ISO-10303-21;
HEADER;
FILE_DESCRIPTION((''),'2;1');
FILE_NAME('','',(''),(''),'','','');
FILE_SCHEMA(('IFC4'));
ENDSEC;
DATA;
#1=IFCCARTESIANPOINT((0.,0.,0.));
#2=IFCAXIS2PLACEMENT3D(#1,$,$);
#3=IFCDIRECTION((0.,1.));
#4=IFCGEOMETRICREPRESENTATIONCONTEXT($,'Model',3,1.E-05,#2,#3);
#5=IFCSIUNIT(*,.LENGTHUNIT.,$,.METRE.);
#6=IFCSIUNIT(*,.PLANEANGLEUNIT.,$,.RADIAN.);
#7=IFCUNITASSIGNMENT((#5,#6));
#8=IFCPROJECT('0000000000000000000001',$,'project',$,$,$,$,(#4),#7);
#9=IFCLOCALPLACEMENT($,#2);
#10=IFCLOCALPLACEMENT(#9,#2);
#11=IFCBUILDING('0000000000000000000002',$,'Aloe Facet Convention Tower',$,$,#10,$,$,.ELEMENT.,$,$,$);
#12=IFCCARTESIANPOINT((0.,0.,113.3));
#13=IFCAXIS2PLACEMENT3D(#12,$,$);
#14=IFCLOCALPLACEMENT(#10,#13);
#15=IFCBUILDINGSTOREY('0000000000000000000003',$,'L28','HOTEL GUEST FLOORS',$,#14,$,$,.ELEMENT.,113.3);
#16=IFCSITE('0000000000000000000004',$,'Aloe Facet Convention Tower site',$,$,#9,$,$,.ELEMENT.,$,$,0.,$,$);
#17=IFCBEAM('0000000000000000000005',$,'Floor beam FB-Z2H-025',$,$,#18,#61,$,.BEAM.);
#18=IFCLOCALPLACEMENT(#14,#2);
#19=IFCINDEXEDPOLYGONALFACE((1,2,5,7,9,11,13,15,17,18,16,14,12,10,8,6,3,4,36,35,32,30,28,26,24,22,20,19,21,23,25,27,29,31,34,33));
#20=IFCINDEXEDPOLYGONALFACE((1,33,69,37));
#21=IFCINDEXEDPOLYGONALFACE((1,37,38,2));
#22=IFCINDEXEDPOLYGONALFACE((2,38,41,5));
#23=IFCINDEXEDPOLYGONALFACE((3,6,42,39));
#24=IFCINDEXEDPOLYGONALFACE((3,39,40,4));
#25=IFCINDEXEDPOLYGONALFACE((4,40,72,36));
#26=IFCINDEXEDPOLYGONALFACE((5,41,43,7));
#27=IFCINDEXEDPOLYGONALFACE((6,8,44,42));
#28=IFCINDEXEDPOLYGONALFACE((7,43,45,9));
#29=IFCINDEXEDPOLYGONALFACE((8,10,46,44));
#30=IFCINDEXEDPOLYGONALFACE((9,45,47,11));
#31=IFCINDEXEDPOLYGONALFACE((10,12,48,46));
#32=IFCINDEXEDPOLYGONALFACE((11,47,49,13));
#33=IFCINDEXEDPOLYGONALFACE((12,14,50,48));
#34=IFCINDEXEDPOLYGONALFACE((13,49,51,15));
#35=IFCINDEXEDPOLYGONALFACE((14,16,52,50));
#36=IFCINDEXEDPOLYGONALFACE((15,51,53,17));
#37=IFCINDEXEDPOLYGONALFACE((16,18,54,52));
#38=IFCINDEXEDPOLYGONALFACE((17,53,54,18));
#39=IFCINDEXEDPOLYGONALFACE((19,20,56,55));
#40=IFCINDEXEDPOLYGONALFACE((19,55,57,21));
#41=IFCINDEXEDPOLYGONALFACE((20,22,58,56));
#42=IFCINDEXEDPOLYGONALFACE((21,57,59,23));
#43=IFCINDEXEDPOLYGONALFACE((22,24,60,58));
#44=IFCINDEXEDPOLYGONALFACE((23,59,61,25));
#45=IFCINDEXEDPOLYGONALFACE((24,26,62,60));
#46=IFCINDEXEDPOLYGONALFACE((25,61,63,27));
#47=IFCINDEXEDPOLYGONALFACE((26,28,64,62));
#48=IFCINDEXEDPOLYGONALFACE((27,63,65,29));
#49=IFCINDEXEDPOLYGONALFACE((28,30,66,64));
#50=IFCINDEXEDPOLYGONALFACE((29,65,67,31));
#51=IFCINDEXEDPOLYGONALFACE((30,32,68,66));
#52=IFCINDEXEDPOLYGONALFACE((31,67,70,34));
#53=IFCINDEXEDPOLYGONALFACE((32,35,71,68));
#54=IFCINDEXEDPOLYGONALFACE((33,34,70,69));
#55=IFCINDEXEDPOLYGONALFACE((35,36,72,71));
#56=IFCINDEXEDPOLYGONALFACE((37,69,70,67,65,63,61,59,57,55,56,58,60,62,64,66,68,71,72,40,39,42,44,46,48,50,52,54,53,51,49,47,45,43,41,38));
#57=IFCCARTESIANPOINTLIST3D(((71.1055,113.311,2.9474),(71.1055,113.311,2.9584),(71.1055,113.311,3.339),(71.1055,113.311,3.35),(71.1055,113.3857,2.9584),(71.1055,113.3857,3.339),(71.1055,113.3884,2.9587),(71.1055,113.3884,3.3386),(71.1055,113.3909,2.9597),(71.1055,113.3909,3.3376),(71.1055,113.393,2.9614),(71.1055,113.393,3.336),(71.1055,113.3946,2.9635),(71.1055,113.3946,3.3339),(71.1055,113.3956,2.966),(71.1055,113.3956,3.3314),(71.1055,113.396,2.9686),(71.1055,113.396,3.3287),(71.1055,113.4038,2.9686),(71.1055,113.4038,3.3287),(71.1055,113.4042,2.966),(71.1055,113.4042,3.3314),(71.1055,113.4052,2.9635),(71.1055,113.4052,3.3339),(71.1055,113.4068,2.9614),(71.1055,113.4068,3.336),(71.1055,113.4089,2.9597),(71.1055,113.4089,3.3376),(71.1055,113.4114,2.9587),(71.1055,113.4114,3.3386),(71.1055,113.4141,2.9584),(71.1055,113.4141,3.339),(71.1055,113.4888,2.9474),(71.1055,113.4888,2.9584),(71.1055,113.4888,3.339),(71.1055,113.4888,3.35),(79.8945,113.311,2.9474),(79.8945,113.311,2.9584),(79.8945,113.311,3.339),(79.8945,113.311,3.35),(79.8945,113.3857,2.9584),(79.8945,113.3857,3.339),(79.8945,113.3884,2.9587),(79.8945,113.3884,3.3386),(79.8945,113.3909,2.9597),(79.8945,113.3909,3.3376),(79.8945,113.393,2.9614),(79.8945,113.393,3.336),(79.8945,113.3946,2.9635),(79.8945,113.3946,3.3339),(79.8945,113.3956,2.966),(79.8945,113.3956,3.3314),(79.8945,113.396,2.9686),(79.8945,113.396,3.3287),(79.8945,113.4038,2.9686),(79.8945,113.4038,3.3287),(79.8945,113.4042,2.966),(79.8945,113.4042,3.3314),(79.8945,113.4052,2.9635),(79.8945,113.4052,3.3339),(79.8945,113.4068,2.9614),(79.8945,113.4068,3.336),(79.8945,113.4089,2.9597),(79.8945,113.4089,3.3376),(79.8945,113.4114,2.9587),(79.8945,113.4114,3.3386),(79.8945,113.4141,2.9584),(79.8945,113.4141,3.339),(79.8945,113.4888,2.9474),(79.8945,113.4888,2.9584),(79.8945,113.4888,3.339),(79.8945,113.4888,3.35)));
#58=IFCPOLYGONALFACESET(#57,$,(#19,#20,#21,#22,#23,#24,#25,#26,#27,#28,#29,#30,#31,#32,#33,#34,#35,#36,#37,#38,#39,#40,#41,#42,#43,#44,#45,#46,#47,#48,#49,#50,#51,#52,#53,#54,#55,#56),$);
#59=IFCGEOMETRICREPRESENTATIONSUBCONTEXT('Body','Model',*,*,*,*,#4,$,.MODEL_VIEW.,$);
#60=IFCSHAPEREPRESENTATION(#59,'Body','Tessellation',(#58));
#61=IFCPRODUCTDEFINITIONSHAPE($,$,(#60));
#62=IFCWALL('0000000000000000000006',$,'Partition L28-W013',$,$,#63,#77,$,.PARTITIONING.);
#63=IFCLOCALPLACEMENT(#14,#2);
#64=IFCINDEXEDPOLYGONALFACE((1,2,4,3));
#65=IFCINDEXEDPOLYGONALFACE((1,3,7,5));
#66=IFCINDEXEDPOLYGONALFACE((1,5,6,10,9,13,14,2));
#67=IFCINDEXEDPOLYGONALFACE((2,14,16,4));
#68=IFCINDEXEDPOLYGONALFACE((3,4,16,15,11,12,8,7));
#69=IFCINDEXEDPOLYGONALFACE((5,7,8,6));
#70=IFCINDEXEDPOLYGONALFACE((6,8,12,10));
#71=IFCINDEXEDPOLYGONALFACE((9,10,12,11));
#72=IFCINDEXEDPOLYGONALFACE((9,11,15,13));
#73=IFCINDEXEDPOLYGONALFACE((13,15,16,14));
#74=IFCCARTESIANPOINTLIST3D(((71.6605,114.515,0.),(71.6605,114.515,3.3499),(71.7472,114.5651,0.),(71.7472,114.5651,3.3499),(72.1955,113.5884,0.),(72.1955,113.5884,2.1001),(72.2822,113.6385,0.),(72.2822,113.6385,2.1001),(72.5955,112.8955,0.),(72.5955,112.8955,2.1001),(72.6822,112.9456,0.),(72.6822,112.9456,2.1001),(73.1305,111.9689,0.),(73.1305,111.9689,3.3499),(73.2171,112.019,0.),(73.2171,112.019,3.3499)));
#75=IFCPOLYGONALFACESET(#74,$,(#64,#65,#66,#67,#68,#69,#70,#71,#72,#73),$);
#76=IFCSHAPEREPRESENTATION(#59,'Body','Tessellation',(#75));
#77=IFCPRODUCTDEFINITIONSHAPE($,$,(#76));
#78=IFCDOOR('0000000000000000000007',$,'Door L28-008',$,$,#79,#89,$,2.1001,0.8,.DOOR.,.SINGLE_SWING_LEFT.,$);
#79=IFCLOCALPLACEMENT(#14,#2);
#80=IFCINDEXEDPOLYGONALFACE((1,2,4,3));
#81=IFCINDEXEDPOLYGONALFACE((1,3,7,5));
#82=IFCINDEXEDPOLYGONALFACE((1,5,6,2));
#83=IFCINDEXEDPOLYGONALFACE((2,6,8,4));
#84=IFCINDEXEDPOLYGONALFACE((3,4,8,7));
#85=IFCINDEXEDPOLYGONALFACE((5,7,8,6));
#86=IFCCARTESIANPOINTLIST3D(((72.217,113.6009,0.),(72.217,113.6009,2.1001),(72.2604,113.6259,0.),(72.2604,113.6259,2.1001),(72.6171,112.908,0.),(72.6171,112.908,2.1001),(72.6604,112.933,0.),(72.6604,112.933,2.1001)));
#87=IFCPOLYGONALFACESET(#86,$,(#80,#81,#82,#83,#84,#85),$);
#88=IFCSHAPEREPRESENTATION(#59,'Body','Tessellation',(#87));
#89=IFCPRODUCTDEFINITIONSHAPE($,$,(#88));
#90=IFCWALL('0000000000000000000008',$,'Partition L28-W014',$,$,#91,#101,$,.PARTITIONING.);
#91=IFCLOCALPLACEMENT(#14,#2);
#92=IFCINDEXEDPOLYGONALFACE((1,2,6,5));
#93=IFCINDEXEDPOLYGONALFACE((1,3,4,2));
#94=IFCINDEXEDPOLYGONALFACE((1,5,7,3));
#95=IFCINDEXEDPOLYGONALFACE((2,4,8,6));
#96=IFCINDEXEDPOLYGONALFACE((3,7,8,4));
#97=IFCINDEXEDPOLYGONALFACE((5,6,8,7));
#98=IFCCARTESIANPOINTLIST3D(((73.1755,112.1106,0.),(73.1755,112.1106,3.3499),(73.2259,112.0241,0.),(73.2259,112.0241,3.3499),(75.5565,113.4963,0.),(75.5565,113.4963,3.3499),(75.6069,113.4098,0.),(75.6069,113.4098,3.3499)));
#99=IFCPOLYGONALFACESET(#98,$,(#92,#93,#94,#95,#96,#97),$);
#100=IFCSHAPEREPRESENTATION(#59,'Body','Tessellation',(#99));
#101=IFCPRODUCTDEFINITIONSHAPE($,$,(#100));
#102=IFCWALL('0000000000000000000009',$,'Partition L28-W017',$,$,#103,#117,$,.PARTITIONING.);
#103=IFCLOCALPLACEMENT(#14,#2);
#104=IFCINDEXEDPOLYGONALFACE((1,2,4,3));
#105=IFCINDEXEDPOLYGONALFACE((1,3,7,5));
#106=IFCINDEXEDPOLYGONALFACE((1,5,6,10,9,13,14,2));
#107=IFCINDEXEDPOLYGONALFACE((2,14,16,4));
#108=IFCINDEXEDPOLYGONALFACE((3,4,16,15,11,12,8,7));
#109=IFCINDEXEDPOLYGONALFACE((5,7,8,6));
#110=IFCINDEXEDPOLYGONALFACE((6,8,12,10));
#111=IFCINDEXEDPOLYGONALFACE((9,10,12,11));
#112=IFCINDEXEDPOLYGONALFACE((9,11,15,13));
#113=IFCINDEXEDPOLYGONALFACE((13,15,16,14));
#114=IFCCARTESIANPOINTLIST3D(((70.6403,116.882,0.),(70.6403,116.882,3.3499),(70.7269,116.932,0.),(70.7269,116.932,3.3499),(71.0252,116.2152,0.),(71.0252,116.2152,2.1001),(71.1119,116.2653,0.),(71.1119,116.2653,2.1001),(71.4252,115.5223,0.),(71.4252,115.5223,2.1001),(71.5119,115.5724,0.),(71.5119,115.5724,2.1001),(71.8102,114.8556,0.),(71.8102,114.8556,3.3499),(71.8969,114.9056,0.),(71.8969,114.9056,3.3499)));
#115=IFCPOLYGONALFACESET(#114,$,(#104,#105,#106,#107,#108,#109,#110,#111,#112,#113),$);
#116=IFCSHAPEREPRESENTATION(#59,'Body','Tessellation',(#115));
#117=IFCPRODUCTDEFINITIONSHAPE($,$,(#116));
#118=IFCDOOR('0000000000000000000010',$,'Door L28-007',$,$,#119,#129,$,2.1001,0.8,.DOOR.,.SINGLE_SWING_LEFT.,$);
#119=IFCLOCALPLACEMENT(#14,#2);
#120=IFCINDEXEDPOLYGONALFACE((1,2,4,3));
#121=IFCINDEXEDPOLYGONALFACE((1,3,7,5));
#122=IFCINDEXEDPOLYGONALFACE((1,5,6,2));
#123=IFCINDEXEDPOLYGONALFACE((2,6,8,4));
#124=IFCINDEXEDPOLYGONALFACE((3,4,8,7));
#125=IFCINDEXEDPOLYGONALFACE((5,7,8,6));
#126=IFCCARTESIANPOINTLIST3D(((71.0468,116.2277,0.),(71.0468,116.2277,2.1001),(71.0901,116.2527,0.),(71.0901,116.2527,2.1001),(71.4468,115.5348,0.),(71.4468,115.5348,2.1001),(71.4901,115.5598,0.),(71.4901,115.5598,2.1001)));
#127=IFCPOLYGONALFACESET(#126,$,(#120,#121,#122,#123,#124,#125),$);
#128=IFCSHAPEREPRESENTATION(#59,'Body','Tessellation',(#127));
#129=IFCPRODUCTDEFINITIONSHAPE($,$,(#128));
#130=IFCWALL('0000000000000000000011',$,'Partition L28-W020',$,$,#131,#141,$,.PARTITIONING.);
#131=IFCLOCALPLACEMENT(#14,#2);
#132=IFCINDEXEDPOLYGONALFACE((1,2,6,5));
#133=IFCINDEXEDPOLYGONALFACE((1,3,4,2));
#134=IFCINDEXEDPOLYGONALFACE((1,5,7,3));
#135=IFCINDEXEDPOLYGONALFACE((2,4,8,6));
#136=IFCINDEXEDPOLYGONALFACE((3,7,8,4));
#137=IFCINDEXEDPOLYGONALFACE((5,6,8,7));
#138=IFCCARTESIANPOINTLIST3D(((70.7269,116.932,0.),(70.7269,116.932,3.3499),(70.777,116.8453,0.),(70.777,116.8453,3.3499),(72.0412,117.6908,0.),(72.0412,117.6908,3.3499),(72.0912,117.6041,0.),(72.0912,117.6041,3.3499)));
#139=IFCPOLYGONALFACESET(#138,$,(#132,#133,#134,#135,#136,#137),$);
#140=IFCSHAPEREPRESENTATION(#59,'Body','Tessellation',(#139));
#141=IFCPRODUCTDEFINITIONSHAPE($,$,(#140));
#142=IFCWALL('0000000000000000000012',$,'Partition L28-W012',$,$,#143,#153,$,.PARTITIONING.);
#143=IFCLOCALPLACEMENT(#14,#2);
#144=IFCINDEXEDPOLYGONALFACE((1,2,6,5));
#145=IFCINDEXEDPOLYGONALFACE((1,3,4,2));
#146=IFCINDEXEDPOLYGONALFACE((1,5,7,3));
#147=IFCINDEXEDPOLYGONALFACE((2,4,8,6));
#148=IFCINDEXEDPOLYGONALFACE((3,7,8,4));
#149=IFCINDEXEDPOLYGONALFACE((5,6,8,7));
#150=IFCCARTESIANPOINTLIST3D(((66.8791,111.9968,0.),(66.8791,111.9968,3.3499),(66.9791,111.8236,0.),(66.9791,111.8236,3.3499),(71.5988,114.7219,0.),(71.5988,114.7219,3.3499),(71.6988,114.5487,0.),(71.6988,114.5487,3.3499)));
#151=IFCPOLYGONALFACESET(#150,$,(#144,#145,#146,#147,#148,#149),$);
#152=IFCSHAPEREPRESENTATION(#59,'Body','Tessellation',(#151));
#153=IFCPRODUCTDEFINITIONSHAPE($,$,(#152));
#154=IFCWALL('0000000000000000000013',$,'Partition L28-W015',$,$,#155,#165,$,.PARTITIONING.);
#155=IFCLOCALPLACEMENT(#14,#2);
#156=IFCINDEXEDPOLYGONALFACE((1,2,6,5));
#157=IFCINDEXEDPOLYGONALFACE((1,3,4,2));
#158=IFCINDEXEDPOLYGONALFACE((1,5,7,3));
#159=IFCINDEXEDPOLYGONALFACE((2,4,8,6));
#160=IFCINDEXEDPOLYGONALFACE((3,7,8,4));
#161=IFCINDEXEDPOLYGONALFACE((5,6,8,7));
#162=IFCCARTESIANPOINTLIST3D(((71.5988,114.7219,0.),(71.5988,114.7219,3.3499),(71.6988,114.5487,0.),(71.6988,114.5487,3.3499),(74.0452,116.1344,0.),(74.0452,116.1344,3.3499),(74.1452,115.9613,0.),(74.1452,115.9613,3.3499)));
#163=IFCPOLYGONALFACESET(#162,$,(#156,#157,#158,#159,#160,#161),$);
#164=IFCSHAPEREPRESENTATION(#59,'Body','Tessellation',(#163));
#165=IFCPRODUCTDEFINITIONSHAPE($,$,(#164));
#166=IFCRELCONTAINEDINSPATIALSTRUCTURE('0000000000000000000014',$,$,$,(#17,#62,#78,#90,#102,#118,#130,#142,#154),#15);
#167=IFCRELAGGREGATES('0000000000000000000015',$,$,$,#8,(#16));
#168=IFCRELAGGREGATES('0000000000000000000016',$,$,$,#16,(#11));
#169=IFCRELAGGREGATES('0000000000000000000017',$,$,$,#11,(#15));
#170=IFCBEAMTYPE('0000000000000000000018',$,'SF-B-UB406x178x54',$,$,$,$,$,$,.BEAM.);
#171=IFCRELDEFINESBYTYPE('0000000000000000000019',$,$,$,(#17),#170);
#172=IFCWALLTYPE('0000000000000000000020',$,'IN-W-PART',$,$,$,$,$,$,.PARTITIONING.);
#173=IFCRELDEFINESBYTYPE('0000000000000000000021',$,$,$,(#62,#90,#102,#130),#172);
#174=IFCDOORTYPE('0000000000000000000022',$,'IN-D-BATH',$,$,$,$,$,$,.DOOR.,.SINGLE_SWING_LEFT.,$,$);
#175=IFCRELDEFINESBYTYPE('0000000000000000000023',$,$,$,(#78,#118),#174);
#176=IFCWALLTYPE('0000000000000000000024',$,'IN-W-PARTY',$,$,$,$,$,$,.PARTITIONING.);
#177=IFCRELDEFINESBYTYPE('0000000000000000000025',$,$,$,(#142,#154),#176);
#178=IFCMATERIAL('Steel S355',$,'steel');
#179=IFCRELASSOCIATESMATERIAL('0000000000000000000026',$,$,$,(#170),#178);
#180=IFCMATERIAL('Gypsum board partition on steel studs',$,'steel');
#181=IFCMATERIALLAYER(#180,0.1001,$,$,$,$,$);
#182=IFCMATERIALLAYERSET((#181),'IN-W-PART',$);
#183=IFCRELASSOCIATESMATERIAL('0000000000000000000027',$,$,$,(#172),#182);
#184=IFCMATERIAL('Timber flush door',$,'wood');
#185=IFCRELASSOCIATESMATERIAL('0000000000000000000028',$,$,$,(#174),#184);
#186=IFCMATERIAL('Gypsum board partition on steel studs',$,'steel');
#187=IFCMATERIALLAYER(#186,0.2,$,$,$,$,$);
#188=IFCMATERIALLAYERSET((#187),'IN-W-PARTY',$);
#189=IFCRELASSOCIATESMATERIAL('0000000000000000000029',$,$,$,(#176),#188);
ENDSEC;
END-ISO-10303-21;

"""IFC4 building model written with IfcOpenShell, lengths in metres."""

from ifc_helpers import new_model, si_unit, direction, frame, frame_2d, origin, origin_2d, place, context, subcontext, project, spatial, rectangle, i_section, extrude, material, layer, layer_set, material_profile, profile_set, type_object, element, fill, save


model = new_model("IFC4")

# Units and contexts
model_context = context("Model", 3, precision=1e-05, world=origin(), true_north=direction((0.0, 1.0)))
body_context = subcontext(model_context, "Body", "Model", "MODEL_VIEW")
ifc_project = project(units=[si_unit("LENGTHUNIT", "METRE"), si_unit("PLANEANGLEUNIT", "RADIAN")], contexts=[model_context])

# Site, building, storey
site_placement = place(None, origin())
site = spatial("IfcSite", under=ifc_project, at=site_placement, Name="Aloe Facet Convention Tower site", CompositionType="ELEMENT", RefElevation=0.0)
building_placement = place(site_placement, origin())
building = spatial("IfcBuilding", under=site, at=building_placement, Name="Aloe Facet Convention Tower", CompositionType="ELEMENT")
storey_placement = place(building_placement, frame((0.0, 0.0, 113.3)))
storey = spatial("IfcBuildingStorey", under=building, at=storey_placement, Name="L28", Description="HOTEL GUEST FLOORS", CompositionType="ELEMENT", Elevation=113.3)

# Beam
ifc_material_1 = material(Name="Steel S355", Category="steel")
ifc_material_profile = material_profile(ifc_material_1, i_section(OverallWidth=0.1777, OverallDepth=0.4026, WebThickness=0.0078, FlangeThickness=0.011, FilletRadius=0.0103, at=origin_2d()), Name="UB 406x178x54")
ifc_profile_set = profile_set([ifc_material_profile], Name="Steel S355")
beam_type = type_object("IfcBeamType", Name="SF-B-UB406x178x54", PredefinedType="BEAM", material=ifc_profile_set)
for number, where, z_axis, x_axis, name in (
    (1, (71.1055, 113.3999, 3.1487), (1.0, 0.0, 0.0), (0.0, 1.0, 0.0), "Floor beam FB-Z2H-025"),
):
    element("IfcBeam", number, at=place(storey_placement, frame(where, z_axis=z_axis, x_axis=x_axis)), inside=storey, type_object=beam_type, Name=name, PredefinedType="BEAM", context=body_context, shape_type="SweptSolid", body=[
        extrude(i_section(OverallWidth=0.1777, OverallDepth=0.4026, WebThickness=0.0078, FlangeThickness=0.011, FilletRadius=0.0103, at=origin_2d()), origin(), (0.0, 0.0, 1.0), 8.7891),
    ])

# Wall, opening, door
ifc_material_2 = material(Name="Gypsum board partition on steel studs", Category="steel")
ifc_layer_1 = layer(ifc_material_2, 0.1001)
ifc_layer_set_1 = layer_set([ifc_layer_1], Name="IN-W-PART")
wall_type_1 = type_object("IfcWallType", Name="IN-W-PART", PredefinedType="PARTITIONING", material=ifc_layer_set_1)
wall_1_placement = place(storey_placement, frame((71.7039, 114.54, 0.0), z_axis=(0.0, 0.0, 1.0), x_axis=(0.499988, -0.866032, 0.0)))
wall_1 = element("IfcWall", 2, at=wall_1_placement, inside=storey, type_object=wall_type_1, Name="Partition L28-W013", PredefinedType="PARTITIONING", context=body_context, shape_type="SweptSolid", body=[
    extrude(rectangle(XDim=2.9399, YDim=0.1001, at=frame_2d((1.47, 0.0))), origin(), (0.0, 0.0, 1.0), 3.3499),
])
opening_1_placement = place(wall_1_placement, frame((1.0701, 0.0, 0.0)))
opening_1 = element("IfcOpeningElement", 3, at=opening_1_placement, cuts=wall_1, PredefinedType="OPENING", context=body_context, shape_type="SweptSolid", body=[
    extrude(rectangle(XDim=0.8, YDim=2.1001, at=frame_2d((0.3999, 1.05))), frame((0.0, 0.0601, 0.0), z_axis=(0.0, -1.0, 0.0), x_axis=(1.0, 0.0, 0.0)), (0.0, 0.0, 1.0), 0.1201),
])
ifc_material_3 = material(Name="Timber flush door", Category="wood")
door_type = type_object("IfcDoorType", Name="IN-D-BATH", OperationType="SINGLE_SWING_LEFT", PredefinedType="DOOR", material=ifc_material_3)
door_1_placement = place(opening_1_placement, origin())
door_1 = element("IfcDoor", 4, at=door_1_placement, inside=storey, type_object=door_type, Name="Door L28-008", OperationType="SINGLE_SWING_LEFT", OverallHeight=2.1001, OverallWidth=0.8, PredefinedType="DOOR", context=body_context, shape_type="SweptSolid", body=[
    extrude(rectangle(XDim=0.8, YDim=2.1001, at=frame_2d((0.3999, 1.05))), frame((0.0, 0.0249, 0.0), z_axis=(0.0, -1.0, 0.0), x_axis=(1.0, 0.0, 0.0)), (0.0, 0.0, 1.0), 0.05),
])
fill(opening_1, door_1)

# Wall
wall_2_placement = place(storey_placement, frame((73.2007, 112.0674, 0.0), z_axis=(0.0, 0.0, 1.0), x_axis=(0.86429, 0.502995, 0.0)))
element("IfcWall", 5, at=wall_2_placement, inside=storey, type_object=wall_type_1, Name="Partition L28-W014", PredefinedType="PARTITIONING", context=body_context, shape_type="SweptSolid", body=[
    extrude(rectangle(XDim=2.7549, YDim=0.1001, at=frame_2d((1.3774, 0.0))), origin(), (0.0, 0.0, 1.0), 3.3499),
])

# Wall, opening, door
wall_3_placement = place(storey_placement, frame((70.6836, 116.907, 0.0), z_axis=(0.0, 0.0, 1.0), x_axis=(0.499999, -0.866026, 0.0)))
wall_3 = element("IfcWall", 6, at=wall_3_placement, inside=storey, type_object=wall_type_1, Name="Partition L28-W017", PredefinedType="PARTITIONING", context=body_context, shape_type="SweptSolid", body=[
    extrude(rectangle(XDim=2.3398, YDim=0.1001, at=frame_2d((1.1699, 0.0))), origin(), (0.0, 0.0, 1.0), 3.3499),
])
opening_2_placement = place(wall_3_placement, frame((0.77, 0.0, 0.0)))
opening_2 = element("IfcOpeningElement", 7, at=opening_2_placement, cuts=wall_3, PredefinedType="OPENING", context=body_context, shape_type="SweptSolid", body=[
    extrude(rectangle(XDim=0.8, YDim=2.1001, at=frame_2d((0.3999, 1.05))), frame((0.0, 0.0601, 0.0), z_axis=(0.0, -1.0, 0.0), x_axis=(1.0, 0.0, 0.0)), (0.0, 0.0, 1.0), 0.1201),
])
door_2_placement = place(opening_2_placement, origin())
door_2 = element("IfcDoor", 8, at=door_2_placement, inside=storey, type_object=door_type, Name="Door L28-007", OperationType="SINGLE_SWING_LEFT", OverallHeight=2.1001, OverallWidth=0.8, PredefinedType="DOOR", context=body_context, shape_type="SweptSolid", body=[
    extrude(rectangle(XDim=0.8, YDim=2.1001, at=frame_2d((0.3999, 1.05))), frame((0.0, 0.0249, 0.0), z_axis=(0.0, -1.0, 0.0), x_axis=(1.0, 0.0, 0.0)), (0.0, 0.0, 1.0), 0.05),
])
fill(opening_2, door_2)

# Walls
wall_4_placement = place(storey_placement, frame((70.752, 116.8887, 0.0), z_axis=(0.0, 0.0, 1.0), x_axis=(0.866017, 0.500015, 0.0)))
element("IfcWall", 9, at=wall_4_placement, inside=storey, type_object=wall_type_1, Name="Partition L28-W020", PredefinedType="PARTITIONING", context=body_context, shape_type="SweptSolid", body=[
    extrude(rectangle(XDim=1.5176, YDim=0.1001, at=frame_2d((0.7588, 0.0))), origin(), (0.0, 0.0, 1.0), 3.3499),
])
ifc_material_4 = material(Name="Gypsum board partition on steel studs", Category="steel")
ifc_layer_2 = layer(ifc_material_4, 0.2)
ifc_layer_set_2 = layer_set([ifc_layer_2], Name="IN-W-PARTY")
wall_type_2 = type_object("IfcWallType", Name="IN-W-PARTY", PredefinedType="PARTITIONING", material=ifc_layer_set_2)
wall_5_placement = place(storey_placement, frame((66.929, 111.9102, 0.0), z_axis=(0.0, 0.0, 1.0), x_axis=(0.866013, 0.500022, 0.0)))
element("IfcWall", 10, at=wall_5_placement, inside=storey, type_object=wall_type_2, Name="Partition L28-W012", PredefinedType="PARTITIONING", context=body_context, shape_type="SweptSolid", body=[
    extrude(rectangle(XDim=5.45, YDim=0.2, at=frame_2d((2.7251, 0.0))), origin(), (0.0, 0.0, 1.0), 3.3499),
])
wall_6_placement = place(storey_placement, frame((71.6487, 114.6353, 0.0), z_axis=(0.0, 0.0, 1.0), x_axis=(0.866011, 0.500024, 0.0)))
element("IfcWall", 11, at=wall_6_placement, inside=storey, type_object=wall_type_2, Name="Partition L28-W015", PredefinedType="PARTITIONING", context=body_context, shape_type="SweptSolid", body=[
    extrude(rectangle(XDim=2.825, YDim=0.2, at=frame_2d((1.4126, 0.0))), origin(), (0.0, 0.0, 1.0), 3.3499),
])

save(model, "model.ifc")
